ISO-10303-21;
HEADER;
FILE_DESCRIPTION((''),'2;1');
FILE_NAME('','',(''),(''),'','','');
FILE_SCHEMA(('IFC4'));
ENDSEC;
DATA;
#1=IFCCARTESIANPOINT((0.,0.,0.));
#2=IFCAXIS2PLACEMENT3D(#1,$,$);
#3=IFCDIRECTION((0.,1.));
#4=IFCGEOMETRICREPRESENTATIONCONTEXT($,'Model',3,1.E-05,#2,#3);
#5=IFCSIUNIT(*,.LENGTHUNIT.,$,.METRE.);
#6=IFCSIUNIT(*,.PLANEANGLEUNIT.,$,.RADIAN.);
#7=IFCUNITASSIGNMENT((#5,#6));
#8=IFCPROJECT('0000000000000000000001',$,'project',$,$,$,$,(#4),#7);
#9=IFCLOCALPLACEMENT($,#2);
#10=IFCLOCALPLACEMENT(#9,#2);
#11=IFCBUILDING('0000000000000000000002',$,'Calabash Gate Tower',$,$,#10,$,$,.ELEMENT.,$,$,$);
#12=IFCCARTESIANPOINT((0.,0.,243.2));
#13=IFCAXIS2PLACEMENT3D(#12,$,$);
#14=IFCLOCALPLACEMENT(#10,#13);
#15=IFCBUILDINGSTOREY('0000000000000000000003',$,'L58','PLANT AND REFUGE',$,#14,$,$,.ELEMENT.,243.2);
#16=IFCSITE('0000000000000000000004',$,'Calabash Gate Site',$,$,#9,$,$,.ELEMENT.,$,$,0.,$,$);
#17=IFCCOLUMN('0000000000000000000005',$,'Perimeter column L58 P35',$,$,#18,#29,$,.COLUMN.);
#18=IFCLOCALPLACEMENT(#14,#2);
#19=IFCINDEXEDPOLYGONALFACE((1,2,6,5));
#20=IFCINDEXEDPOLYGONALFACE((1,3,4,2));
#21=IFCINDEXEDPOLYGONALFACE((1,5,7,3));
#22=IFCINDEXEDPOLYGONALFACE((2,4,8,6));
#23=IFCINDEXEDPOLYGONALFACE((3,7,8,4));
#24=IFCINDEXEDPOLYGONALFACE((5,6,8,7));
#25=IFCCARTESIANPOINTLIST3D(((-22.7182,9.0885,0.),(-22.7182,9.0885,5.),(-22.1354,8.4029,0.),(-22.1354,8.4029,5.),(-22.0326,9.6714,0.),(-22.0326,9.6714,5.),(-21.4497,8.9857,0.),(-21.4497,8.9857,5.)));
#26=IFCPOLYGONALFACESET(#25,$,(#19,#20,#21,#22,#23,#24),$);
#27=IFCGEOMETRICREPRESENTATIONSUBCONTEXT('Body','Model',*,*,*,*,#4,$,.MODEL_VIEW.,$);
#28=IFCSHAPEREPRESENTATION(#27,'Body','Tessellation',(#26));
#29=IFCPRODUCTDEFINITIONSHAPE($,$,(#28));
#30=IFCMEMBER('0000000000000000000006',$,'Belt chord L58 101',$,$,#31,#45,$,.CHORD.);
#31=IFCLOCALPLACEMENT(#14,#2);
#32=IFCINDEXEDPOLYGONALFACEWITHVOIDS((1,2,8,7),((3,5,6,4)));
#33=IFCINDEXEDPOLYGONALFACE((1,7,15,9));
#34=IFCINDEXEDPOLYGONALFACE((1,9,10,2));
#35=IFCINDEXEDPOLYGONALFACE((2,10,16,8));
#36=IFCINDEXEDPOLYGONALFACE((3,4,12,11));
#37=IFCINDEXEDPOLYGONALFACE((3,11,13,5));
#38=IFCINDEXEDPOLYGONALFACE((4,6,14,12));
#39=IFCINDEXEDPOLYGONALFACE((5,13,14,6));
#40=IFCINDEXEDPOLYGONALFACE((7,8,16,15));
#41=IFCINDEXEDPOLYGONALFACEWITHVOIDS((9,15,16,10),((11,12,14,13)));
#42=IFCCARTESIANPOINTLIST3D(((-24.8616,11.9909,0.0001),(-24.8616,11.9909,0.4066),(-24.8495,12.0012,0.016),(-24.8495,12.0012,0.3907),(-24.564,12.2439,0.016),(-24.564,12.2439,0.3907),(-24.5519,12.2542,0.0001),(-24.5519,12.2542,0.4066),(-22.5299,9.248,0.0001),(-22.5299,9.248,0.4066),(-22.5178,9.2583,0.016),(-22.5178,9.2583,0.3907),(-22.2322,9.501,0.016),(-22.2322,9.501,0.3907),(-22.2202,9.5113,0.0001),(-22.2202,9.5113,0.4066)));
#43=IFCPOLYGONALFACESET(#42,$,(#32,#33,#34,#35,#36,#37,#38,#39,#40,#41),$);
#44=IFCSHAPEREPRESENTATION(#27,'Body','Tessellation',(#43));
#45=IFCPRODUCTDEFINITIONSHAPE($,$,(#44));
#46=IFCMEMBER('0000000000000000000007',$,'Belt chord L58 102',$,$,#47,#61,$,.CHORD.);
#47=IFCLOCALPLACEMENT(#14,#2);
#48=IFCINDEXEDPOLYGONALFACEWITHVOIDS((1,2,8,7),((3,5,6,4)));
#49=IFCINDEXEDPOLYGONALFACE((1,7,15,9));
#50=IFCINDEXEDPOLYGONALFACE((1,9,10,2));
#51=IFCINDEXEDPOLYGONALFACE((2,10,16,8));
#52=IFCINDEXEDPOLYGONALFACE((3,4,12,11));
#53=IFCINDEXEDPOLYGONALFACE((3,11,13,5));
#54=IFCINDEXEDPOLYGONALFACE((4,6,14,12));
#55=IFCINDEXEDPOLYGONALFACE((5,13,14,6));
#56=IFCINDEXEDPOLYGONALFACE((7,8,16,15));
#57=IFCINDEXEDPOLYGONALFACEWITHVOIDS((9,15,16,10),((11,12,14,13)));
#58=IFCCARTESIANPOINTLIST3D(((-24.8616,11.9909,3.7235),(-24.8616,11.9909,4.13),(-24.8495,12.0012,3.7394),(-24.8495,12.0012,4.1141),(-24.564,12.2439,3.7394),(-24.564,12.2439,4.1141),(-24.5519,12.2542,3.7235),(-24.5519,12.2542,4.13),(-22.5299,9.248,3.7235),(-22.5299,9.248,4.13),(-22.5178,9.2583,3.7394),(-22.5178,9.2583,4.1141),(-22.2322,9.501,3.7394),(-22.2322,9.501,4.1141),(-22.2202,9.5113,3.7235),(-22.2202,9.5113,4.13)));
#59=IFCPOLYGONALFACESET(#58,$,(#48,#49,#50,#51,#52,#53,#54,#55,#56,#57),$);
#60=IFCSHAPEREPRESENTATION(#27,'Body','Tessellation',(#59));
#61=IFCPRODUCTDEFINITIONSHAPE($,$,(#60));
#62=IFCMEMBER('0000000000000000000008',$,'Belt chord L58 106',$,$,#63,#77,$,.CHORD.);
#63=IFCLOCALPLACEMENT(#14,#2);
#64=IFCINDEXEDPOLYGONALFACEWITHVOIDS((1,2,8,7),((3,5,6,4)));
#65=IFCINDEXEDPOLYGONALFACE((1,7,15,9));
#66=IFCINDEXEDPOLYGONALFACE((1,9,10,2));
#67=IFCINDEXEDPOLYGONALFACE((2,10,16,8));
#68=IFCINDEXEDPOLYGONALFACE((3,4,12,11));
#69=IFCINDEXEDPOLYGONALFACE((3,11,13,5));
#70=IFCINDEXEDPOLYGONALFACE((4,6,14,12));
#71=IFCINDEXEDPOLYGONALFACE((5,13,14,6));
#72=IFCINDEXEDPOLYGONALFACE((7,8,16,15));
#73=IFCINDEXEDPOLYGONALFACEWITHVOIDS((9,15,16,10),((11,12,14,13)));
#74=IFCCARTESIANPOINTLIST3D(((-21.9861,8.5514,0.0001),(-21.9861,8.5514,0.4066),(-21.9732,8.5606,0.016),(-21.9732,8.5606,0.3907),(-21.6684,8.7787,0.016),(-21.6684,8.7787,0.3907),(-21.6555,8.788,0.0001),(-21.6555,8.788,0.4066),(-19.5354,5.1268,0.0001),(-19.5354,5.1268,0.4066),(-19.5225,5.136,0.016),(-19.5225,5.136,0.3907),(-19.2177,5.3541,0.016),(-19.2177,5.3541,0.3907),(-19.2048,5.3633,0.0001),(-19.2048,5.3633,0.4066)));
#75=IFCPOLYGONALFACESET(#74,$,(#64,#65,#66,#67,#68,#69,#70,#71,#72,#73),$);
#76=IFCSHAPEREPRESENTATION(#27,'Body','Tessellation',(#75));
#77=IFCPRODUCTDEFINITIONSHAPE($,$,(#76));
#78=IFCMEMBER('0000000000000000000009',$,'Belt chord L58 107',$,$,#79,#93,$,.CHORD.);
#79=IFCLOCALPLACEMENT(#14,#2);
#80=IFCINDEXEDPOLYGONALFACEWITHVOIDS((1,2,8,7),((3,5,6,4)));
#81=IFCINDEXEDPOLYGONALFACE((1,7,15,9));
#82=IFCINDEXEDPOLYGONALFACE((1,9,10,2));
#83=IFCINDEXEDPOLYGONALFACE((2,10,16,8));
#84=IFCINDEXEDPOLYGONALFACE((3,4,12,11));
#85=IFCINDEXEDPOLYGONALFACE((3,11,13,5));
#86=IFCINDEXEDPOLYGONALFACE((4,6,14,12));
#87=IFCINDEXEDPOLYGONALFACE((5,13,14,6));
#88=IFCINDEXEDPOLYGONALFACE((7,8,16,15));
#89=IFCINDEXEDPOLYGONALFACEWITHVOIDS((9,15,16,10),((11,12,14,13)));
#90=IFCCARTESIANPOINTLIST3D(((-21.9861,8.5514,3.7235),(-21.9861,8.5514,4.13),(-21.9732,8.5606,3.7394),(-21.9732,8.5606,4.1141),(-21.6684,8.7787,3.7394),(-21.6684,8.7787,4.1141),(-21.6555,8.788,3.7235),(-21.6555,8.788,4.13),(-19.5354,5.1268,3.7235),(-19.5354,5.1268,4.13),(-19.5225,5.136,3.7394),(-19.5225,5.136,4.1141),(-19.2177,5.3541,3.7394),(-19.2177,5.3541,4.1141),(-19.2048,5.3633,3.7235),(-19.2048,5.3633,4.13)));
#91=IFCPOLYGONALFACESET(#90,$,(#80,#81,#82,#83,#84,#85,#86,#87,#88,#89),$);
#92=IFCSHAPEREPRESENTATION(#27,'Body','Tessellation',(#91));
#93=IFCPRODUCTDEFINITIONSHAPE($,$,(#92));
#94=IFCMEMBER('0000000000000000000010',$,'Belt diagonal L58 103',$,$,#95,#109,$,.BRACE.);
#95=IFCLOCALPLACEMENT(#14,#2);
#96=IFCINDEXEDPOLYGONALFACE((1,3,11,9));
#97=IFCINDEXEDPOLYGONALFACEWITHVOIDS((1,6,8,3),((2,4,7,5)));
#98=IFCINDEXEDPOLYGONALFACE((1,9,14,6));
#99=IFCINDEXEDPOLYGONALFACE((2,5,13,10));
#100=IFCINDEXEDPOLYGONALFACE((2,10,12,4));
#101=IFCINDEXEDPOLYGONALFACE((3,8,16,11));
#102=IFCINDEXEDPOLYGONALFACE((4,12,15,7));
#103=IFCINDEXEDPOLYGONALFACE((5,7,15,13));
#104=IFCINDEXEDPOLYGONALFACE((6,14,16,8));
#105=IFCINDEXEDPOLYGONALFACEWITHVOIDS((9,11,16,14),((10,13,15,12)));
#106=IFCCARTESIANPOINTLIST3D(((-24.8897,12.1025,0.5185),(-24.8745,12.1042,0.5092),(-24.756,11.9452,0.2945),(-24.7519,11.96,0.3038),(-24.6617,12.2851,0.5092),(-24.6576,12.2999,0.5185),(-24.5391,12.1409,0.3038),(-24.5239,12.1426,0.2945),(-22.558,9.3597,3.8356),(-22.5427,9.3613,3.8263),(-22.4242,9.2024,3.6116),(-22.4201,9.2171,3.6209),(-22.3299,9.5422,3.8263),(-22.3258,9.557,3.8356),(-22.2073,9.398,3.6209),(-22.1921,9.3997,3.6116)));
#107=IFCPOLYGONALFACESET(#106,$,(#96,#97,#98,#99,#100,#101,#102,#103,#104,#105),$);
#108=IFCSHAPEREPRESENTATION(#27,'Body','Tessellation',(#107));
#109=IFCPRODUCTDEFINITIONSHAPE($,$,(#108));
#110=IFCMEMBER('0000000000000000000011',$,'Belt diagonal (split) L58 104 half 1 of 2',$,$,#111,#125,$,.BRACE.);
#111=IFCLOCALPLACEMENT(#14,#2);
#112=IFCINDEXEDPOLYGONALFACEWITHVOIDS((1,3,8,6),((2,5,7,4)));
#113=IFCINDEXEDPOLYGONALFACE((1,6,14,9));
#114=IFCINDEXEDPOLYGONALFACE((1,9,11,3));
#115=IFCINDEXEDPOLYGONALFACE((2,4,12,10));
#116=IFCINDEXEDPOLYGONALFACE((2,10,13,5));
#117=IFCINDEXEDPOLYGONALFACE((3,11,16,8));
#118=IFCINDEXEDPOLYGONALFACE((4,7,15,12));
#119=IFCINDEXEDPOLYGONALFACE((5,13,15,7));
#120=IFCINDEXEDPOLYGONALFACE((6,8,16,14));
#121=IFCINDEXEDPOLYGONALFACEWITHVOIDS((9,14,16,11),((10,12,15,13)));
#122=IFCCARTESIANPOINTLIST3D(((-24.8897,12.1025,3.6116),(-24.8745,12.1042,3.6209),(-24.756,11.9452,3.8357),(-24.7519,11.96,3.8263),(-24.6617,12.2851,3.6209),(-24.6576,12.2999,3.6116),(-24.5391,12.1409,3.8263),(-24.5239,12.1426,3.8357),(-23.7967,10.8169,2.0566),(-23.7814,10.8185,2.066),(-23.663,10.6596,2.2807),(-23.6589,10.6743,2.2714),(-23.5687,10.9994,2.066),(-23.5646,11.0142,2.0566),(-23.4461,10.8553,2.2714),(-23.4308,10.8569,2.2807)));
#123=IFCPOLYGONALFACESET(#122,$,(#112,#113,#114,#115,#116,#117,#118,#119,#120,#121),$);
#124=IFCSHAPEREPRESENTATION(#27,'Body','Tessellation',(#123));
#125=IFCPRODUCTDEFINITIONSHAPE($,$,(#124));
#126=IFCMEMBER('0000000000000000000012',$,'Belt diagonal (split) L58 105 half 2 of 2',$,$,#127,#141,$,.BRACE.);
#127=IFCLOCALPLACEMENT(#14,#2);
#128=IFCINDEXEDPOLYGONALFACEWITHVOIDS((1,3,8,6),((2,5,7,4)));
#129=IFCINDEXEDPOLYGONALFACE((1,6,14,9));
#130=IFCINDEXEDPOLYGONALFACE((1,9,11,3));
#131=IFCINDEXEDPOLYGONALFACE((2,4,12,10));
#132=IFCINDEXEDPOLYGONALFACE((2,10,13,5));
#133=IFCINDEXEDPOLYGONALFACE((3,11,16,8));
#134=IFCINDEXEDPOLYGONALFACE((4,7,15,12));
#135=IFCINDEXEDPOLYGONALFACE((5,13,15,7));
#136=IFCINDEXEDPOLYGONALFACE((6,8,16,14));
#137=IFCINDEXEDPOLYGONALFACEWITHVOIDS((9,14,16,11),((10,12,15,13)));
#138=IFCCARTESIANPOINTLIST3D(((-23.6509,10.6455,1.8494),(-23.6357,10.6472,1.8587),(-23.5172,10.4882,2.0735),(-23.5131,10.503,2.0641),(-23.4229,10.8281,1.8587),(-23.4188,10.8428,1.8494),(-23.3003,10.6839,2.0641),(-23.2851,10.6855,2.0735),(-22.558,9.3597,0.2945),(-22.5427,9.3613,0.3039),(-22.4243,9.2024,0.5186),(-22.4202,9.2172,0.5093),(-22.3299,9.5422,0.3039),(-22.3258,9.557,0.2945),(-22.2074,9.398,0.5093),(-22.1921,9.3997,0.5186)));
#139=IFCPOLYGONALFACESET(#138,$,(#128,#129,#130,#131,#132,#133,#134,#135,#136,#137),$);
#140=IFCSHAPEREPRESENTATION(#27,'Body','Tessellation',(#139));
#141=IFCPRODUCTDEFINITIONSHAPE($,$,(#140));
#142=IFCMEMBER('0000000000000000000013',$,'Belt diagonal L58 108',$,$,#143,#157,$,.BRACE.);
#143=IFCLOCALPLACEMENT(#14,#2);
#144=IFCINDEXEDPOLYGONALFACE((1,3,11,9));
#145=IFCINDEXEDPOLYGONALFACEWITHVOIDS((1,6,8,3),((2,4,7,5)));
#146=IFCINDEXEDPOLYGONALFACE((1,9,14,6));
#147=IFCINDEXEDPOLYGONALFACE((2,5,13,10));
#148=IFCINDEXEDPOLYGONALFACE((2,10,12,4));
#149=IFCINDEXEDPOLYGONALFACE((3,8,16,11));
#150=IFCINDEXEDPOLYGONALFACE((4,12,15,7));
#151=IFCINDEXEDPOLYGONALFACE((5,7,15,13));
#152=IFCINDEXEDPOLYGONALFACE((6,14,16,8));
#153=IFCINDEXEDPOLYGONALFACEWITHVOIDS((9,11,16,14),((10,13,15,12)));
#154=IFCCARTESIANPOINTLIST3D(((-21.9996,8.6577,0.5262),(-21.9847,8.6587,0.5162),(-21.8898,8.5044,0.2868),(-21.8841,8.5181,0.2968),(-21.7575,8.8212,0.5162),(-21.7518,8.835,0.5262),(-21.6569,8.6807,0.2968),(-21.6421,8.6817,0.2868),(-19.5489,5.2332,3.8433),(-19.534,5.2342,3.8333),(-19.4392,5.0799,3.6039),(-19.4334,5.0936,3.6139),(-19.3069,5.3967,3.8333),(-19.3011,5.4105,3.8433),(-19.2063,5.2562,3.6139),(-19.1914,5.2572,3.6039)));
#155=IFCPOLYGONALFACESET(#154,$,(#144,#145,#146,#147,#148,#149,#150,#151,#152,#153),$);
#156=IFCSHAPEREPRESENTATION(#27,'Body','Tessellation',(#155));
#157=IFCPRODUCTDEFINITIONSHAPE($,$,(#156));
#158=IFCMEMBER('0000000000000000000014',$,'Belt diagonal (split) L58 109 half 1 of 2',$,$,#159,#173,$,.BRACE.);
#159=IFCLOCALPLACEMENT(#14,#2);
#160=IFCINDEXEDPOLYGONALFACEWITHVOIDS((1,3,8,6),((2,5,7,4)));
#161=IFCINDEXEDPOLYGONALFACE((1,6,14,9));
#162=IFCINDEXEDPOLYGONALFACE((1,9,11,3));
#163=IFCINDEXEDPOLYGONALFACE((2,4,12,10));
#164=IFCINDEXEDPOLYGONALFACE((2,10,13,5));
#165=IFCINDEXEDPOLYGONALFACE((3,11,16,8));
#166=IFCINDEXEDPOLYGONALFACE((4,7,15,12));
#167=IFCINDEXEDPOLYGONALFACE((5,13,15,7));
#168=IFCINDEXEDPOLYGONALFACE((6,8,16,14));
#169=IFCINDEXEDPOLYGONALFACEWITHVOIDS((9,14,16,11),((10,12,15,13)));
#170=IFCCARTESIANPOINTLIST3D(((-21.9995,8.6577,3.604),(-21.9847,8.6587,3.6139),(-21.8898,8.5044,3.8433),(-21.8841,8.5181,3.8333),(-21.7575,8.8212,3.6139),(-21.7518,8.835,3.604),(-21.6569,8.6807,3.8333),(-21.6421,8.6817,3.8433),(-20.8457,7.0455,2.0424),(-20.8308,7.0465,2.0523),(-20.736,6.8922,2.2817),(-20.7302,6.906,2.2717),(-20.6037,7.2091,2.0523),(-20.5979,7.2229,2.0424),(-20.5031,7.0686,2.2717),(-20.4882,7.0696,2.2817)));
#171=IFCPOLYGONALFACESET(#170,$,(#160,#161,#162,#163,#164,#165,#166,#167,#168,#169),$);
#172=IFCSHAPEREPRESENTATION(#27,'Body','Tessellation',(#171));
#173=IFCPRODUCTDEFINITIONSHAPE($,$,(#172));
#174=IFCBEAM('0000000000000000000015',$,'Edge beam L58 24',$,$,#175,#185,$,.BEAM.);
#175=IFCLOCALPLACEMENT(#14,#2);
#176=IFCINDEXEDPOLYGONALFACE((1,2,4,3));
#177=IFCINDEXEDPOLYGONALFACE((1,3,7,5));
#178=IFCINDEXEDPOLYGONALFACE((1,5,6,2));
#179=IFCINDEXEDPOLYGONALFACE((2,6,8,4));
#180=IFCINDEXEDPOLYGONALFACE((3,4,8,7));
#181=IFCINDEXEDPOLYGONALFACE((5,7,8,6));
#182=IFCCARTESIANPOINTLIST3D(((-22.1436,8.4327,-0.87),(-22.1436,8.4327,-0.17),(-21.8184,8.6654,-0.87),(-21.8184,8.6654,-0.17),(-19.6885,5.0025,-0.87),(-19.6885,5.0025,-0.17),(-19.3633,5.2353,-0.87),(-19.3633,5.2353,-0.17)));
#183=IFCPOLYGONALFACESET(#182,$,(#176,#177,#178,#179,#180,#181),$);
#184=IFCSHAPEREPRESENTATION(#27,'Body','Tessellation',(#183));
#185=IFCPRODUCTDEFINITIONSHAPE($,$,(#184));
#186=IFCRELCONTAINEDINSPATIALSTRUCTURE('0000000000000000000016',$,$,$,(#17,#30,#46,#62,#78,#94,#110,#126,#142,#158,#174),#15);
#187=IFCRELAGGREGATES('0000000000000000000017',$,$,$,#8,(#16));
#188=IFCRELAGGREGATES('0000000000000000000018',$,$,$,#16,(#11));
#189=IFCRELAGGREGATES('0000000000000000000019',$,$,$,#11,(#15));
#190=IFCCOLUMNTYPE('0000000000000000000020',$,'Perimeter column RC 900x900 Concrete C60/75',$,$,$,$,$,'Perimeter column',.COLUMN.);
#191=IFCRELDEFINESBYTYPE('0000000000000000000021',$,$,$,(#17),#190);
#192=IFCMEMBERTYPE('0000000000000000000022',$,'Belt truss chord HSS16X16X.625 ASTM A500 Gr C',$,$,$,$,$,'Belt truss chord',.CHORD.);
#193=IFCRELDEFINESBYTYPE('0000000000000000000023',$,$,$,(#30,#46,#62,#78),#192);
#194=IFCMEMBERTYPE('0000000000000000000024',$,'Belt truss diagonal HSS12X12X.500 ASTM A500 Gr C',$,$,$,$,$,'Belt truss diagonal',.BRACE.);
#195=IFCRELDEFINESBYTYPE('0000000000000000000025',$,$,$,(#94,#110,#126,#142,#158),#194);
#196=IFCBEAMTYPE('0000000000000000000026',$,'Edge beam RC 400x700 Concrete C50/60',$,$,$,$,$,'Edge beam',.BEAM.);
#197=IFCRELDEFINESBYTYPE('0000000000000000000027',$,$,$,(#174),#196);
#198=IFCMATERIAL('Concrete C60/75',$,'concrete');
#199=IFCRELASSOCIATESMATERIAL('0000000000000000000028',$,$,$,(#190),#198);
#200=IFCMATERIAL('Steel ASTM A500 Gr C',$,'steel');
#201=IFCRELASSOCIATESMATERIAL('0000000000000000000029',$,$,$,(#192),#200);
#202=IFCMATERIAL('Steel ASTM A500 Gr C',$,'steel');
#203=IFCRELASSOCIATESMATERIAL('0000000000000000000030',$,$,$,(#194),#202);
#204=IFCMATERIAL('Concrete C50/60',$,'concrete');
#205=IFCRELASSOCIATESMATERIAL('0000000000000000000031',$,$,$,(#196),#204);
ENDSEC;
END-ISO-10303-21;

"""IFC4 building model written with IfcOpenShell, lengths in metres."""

from ifc_helpers import new_model, si_unit, direction, frame, origin, origin_2d, place, context, subcontext, project, spatial, rectangle, hollow_rectangle, extrude, material, material_profile, profile_set, type_object, element, save


model = new_model("IFC4")

# Units and contexts
model_context = context("Model", 3, precision=1e-05, world=origin(), true_north=direction((0.0, 1.0)))
body_context = subcontext(model_context, "Body", "Model", "MODEL_VIEW")
ifc_project = project(units=[si_unit("LENGTHUNIT", "METRE"), si_unit("PLANEANGLEUNIT", "RADIAN")], contexts=[model_context])

# Site, building, storey
site_placement = place(None, origin())
site = spatial("IfcSite", under=ifc_project, at=site_placement, Name="Calabash Gate Site", CompositionType="ELEMENT", RefElevation=0.0)
building_placement = place(site_placement, origin())
building = spatial("IfcBuilding", under=site, at=building_placement, Name="Calabash Gate Tower", CompositionType="ELEMENT")
storey_placement = place(building_placement, frame((0.0, 0.0, 243.2)))
storey = spatial("IfcBuildingStorey", under=building, at=storey_placement, Name="L58", Description="PLANT AND REFUGE", CompositionType="ELEMENT", Elevation=243.2)

# Column
ifc_material_1 = material(Name="Concrete C60/75", Category="concrete")
ifc_material_profile_1 = material_profile(ifc_material_1, rectangle(XDim=0.8999, YDim=0.8999, at=origin_2d()))
ifc_profile_set_1 = profile_set([ifc_material_profile_1], Name="Concrete C60/75")
column_type = type_object("IfcColumnType", Name="Perimeter column RC 900x900 Concrete C60/75", ElementType="Perimeter column", PredefinedType="COLUMN", material=ifc_profile_set_1)
column_placement = place(storey_placement, frame((-22.084, 9.0371, 0.0), z_axis=(0.0, 0.0, 1.0), x_axis=(0.647704, -0.761892, 0.0)))
element("IfcColumn", 1, at=column_placement, inside=storey, type_object=column_type, Name="Perimeter column L58 P35", PredefinedType="COLUMN", context=body_context, shape_type="SweptSolid", body=[
    extrude(rectangle(XDim=0.8999, YDim=0.8999, at=origin_2d()), origin(), (0.0, 0.0, 1.0), 5.0),
])

# Members
ifc_material_2 = material(Name="Steel ASTM A500 Gr C", Category="steel")
ifc_material_profile_2 = material_profile(ifc_material_2, hollow_rectangle(XDim=0.4065, YDim=0.4065, WallThickness=0.0159, at=origin_2d()))
ifc_profile_set_2 = profile_set([ifc_material_profile_2], Name="Steel ASTM A500 Gr C")
member_type_1 = type_object("IfcMemberType", Name="Belt truss chord HSS16X16X.625 ASTM A500 Gr C", ElementType="Belt truss chord", PredefinedType="CHORD", material=ifc_profile_set_2)
for number, where, z_axis, x_axis, name in (
    (2, (-24.7068, 12.1226, 0.2034), (0.647698, -0.761897, 0.0), (0.761897, 0.647698, 0.0), "Belt chord L58 101"),
    (3, (-24.7068, 12.1226, 3.9268), (0.647698, -0.761897, 0.0), (0.761897, 0.647698, 0.0), "Belt chord L58 102"),
):
    element("IfcMember", number, at=place(storey_placement, frame(where, z_axis=z_axis, x_axis=x_axis)), inside=storey, type_object=member_type_1, Name=name, PredefinedType="CHORD", context=body_context, shape_type="SweptSolid", body=[
        extrude(hollow_rectangle(XDim=0.4065, YDim=0.4065, WallThickness=0.0159, at=origin_2d()), origin(), (0.0, 0.0, 1.0), 3.6001),
    ])
for number, where, z_axis, x_axis, name in (
    (4, (-21.8208, 8.6697, 0.2034), (0.581956, -0.81322, 0.0), (0.81322, 0.581956, 0.0), "Belt chord L58 106"),
    (5, (-21.8208, 8.6697, 3.9268), (0.581956, -0.81322, 0.0), (0.81322, 0.581956, 0.0), "Belt chord L58 107"),
):
    element("IfcMember", number, at=place(storey_placement, frame(where, z_axis=z_axis, x_axis=x_axis)), inside=storey, type_object=member_type_1, Name=name, PredefinedType="CHORD", context=body_context, shape_type="SweptSolid", body=[
        extrude(hollow_rectangle(XDim=0.4065, YDim=0.4065, WallThickness=0.0159, at=origin_2d()), origin(), (0.0, 0.0, 1.0), 4.2112),
    ])
ifc_material_3 = material(Name="Steel ASTM A500 Gr C", Category="steel")
ifc_material_profile_3 = material_profile(ifc_material_3, hollow_rectangle(XDim=0.3047, YDim=0.3047, WallThickness=0.0127, at=origin_2d()))
ifc_profile_set_3 = profile_set([ifc_material_profile_3], Name="Steel ASTM A500 Gr C")
member_type_2 = type_object("IfcMemberType", Name="Belt truss diagonal HSS12X12X.500 ASTM A500 Gr C", ElementType="Belt truss diagonal", PredefinedType="BRACE", material=ifc_profile_set_3)
member_1_placement = place(storey_placement, frame((-24.7068, 12.1226, 0.4065), z_axis=(0.476329, -0.560314, 0.677613), x_axis=(0.761897, 0.647698, 0.0)))
element("IfcMember", 6, at=member_1_placement, inside=storey, type_object=member_type_2, Name="Belt diagonal L58 103", PredefinedType="BRACE", context=body_context, shape_type="SweptSolid", body=[
    extrude(hollow_rectangle(XDim=0.3047, YDim=0.3047, WallThickness=0.0127, at=origin_2d()), origin(), (0.0, 0.0, 1.0), 4.8953),
])
for number, where, z_axis, x_axis, name in (
    (7, (-24.7068, 12.1226, 3.7236), (0.476335, -0.560281, -0.677636), (0.761875, 0.647724, 0.0), "Belt diagonal (split) L58 104 half 1 of 2"),
    (8, (-23.468, 10.6655, 1.9614), (0.476306, -0.560354, -0.677595), (0.761936, 0.647653, 0.0), "Belt diagonal (split) L58 105 half 2 of 2"),
):
    element("IfcMember", number, at=place(storey_placement, frame(where, z_axis=z_axis, x_axis=x_axis)), inside=storey, type_object=member_type_2, Name=name, PredefinedType="BRACE", context=body_context, shape_type="SweptSolid", body=[
        extrude(hollow_rectangle(XDim=0.3047, YDim=0.3047, WallThickness=0.0127, at=origin_2d()), origin(), (0.0, 0.0, 1.0), 2.2947),
    ])
member_2_placement = place(storey_placement, frame((-21.8208, 8.6697, 0.4065), z_axis=(0.457159, -0.63883, 0.618791), x_axis=(0.81322, 0.581956, 0.0)))
element("IfcMember", 9, at=member_2_placement, inside=storey, type_object=member_type_2, Name="Belt diagonal L58 108", PredefinedType="BRACE", context=body_context, shape_type="SweptSolid", body=[
    extrude(hollow_rectangle(XDim=0.3047, YDim=0.3047, WallThickness=0.0127, at=origin_2d()), origin(), (0.0, 0.0, 1.0), 5.3606),
])
member_3_placement = place(storey_placement, frame((-21.8208, 8.6697, 3.7236), z_axis=(0.457214, -0.638803, -0.618777), x_axis=(0.813176, 0.582018, 0.0)))
element("IfcMember", 10, at=member_3_placement, inside=storey, type_object=member_type_2, Name="Belt diagonal (split) L58 109 half 1 of 2", PredefinedType="BRACE", context=body_context, shape_type="SweptSolid", body=[
    extrude(hollow_rectangle(XDim=0.3047, YDim=0.3047, WallThickness=0.0127, at=origin_2d()), origin(), (0.0, 0.0, 1.0), 2.5237),
])

# Beam
ifc_material_4 = material(Name="Concrete C50/60", Category="concrete")
ifc_material_profile_4 = material_profile(ifc_material_4, rectangle(XDim=0.3999, YDim=0.7, at=origin_2d()))
ifc_profile_set_4 = profile_set([ifc_material_profile_4], Name="Concrete C50/60")
beam_type_1 = type_object("IfcBeamType", Name="Edge beam RC 400x700 Concrete C50/60", ElementType="Edge beam", PredefinedType="BEAM", material=ifc_profile_set_4)
beam_1_placement = place(storey_placement, frame((-21.981, 8.5491, -0.52), z_axis=(0.582015, -0.813178, 0.0), x_axis=(0.813178, 0.582015, 0.0)))
element("IfcBeam", 11, at=beam_1_placement, inside=storey, type_object=beam_type_1, Name="Edge beam L58 24", PredefinedType="BEAM", context=body_context, shape_type="SweptSolid", body=[
    extrude(rectangle(XDim=0.3999, YDim=0.7, at=origin_2d()), origin(), (0.0, 0.0, 1.0), 4.2183),
])

save(model, "model.ifc")
